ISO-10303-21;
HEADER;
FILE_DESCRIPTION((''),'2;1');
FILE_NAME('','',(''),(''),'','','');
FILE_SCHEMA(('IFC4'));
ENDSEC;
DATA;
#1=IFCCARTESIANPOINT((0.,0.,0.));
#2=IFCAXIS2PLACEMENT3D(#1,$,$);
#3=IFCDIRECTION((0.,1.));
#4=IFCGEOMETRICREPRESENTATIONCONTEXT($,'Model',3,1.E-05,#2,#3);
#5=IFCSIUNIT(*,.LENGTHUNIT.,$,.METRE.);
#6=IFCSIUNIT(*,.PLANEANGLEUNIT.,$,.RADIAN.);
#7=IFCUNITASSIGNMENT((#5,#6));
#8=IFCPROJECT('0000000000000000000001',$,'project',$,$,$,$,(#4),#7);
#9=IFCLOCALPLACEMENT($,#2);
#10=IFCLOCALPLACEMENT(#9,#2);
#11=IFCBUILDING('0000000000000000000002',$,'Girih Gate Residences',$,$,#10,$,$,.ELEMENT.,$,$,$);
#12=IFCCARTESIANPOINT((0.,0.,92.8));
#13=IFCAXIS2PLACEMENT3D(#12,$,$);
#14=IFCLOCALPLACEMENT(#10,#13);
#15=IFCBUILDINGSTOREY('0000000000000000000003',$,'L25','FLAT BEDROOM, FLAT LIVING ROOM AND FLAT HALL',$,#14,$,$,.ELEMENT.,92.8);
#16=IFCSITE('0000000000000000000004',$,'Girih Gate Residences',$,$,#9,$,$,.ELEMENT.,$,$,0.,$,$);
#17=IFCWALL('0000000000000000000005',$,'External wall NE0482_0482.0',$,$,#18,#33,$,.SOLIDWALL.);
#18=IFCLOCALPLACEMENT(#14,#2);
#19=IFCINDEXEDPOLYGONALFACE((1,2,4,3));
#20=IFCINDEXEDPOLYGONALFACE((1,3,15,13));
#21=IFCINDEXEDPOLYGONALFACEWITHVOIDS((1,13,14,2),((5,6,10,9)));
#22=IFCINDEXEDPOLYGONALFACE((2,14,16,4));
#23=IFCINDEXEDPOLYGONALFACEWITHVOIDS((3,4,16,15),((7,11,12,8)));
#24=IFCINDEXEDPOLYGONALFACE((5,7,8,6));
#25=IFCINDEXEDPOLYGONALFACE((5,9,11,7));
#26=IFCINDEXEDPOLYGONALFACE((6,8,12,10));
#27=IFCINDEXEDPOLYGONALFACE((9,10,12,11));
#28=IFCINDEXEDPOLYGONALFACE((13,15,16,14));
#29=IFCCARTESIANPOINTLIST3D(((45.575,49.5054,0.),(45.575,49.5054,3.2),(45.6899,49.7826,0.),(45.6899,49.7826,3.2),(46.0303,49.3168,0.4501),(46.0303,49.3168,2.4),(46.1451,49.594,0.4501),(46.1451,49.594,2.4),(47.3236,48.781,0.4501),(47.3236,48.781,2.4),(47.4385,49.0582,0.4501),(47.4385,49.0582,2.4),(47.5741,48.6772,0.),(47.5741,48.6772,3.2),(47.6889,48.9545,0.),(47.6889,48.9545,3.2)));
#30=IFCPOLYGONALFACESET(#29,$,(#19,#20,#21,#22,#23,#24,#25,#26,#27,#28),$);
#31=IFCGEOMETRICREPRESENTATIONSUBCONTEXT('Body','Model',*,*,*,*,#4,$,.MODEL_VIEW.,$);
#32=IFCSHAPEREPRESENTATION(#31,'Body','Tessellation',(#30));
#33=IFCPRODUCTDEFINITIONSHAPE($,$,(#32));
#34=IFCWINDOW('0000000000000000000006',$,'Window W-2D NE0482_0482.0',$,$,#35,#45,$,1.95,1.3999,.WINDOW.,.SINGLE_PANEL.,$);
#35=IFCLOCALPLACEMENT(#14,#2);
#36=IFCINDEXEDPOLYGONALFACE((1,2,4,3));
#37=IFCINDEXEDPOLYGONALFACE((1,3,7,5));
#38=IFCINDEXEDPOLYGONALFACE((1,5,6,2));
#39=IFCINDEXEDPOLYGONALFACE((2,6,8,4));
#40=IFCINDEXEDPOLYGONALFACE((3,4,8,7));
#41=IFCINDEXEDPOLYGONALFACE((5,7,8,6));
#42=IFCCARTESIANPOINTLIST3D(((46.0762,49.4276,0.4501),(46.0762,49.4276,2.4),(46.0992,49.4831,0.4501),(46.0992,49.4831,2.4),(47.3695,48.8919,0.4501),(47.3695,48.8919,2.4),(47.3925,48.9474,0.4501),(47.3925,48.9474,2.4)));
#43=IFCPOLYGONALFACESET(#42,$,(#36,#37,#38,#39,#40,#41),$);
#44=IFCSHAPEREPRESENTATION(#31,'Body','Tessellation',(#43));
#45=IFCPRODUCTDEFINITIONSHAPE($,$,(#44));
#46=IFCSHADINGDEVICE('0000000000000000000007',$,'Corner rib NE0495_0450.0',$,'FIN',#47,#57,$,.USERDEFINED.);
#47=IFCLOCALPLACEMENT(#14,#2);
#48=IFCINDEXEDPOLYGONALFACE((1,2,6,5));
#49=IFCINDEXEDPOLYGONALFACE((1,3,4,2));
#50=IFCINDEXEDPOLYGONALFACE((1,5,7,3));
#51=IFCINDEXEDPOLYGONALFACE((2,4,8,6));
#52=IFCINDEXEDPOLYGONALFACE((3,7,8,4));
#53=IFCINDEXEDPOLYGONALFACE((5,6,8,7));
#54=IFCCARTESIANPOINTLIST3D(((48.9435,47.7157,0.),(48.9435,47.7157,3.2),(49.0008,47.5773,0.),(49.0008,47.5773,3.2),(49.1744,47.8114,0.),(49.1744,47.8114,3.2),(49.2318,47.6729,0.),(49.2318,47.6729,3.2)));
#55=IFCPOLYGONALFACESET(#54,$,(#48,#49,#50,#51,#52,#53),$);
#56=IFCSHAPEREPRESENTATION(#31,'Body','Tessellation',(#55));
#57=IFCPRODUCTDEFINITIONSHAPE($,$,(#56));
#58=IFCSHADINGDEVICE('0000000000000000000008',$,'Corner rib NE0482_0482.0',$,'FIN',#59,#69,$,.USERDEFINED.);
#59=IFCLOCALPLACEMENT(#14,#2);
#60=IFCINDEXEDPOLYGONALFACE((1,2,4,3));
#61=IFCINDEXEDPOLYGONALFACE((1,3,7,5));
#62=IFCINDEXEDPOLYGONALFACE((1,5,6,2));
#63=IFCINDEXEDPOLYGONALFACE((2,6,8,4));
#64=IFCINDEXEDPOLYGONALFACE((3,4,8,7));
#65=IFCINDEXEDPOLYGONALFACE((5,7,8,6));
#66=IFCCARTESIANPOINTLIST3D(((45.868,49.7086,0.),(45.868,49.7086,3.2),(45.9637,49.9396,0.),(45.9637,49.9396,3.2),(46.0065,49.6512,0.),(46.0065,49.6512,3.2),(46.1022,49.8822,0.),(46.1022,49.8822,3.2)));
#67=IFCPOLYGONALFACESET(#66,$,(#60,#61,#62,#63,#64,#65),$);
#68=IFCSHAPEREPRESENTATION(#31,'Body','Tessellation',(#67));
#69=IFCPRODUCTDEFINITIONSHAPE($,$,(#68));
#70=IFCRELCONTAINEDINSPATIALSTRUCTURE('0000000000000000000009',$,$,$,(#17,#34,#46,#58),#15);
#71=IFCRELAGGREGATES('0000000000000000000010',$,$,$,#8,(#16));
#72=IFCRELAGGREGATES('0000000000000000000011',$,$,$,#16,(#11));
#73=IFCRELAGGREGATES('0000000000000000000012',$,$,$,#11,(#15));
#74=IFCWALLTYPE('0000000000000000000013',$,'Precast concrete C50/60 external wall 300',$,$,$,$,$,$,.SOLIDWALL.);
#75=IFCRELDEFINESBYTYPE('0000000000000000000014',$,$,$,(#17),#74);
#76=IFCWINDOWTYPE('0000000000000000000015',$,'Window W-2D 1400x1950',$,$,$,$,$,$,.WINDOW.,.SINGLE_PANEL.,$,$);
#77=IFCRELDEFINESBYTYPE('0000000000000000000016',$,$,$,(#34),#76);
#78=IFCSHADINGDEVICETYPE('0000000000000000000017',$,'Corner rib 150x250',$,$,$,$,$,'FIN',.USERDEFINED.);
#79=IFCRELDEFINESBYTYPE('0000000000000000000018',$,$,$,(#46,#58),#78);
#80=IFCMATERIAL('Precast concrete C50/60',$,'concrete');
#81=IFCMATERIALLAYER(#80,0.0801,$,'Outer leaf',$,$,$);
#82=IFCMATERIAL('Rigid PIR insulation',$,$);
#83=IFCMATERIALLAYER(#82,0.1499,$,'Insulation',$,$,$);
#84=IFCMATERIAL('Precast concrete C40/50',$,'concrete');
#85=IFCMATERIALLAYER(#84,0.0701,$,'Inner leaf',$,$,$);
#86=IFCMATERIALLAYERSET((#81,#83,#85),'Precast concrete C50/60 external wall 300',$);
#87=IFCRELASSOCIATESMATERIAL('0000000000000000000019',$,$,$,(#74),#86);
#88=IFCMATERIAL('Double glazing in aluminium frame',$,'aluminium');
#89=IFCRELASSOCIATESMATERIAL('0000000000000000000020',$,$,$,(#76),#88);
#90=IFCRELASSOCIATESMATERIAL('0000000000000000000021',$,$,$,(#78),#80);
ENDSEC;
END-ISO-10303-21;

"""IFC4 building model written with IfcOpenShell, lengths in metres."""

from ifc_helpers import new_model, si_unit, direction, frame, frame_2d, origin, origin_2d, place, context, subcontext, project, spatial, rectangle, extrude, material, layer, layer_set, type_object, element, fill, save


model = new_model("IFC4")

# Units and contexts
model_context = context("Model", 3, precision=1e-05, world=origin(), true_north=direction((0.0, 1.0)))
body_context = subcontext(model_context, "Body", "Model", "MODEL_VIEW")
ifc_project = project(units=[si_unit("LENGTHUNIT", "METRE"), si_unit("PLANEANGLEUNIT", "RADIAN")], contexts=[model_context])

# Site, building, storey
site_placement = place(None, origin())
site = spatial("IfcSite", under=ifc_project, at=site_placement, Name="Girih Gate Residences", CompositionType="ELEMENT", RefElevation=0.0)
building_placement = place(site_placement, origin())
building = spatial("IfcBuilding", under=site, at=building_placement, Name="Girih Gate Residences", CompositionType="ELEMENT")
storey_placement = place(building_placement, frame((0.0, 0.0, 92.8)))
storey = spatial("IfcBuildingStorey", under=building, at=storey_placement, Name="L25", Description="FLAT BEDROOM, FLAT LIVING ROOM AND FLAT HALL", CompositionType="ELEMENT", Elevation=92.8)

# Wall, opening, window
ifc_material_1 = material(Name="Precast concrete C50/60", Category="concrete")
ifc_layer_1 = layer(ifc_material_1, 0.0801, Name="Outer leaf")
ifc_material_2 = material(Name="Rigid PIR insulation")
ifc_layer_2 = layer(ifc_material_2, 0.1499, Name="Insulation")
ifc_material_3 = material(Name="Precast concrete C40/50", Category="concrete")
ifc_layer_3 = layer(ifc_material_3, 0.0701, Name="Inner leaf")
ifc_layer_set_1 = layer_set([ifc_layer_1, ifc_layer_2, ifc_layer_3], Name="Precast concrete C50/60 external wall 300")
wall_type_1 = type_object("IfcWallType", Name="Precast concrete C50/60 external wall 300", PredefinedType="SOLIDWALL", material=ifc_layer_set_1)
ifc_material_4 = material(Name="Double glazing in aluminium frame", Category="aluminium")
window_type_1 = type_object("IfcWindowType", Name="Window W-2D 1400x1950", PartitioningType="SINGLE_PANEL", PredefinedType="WINDOW", material=ifc_material_4)
wall_1_placement = place(storey_placement, frame((45.6323, 49.644, 0.0), z_axis=(0.0, 0.0, 1.0), x_axis=(0.923863, -0.382724, 0.0)))
wall_1 = element("IfcWall", 1, at=wall_1_placement, inside=storey, type_object=wall_type_1, Name="External wall NE0482_0482.0", PredefinedType="SOLIDWALL", context=body_context, shape_type="SweptSolid", body=[
    extrude(rectangle(XDim=2.1638, YDim=0.3, at=frame_2d((1.082, 0.0))), origin(), (0.0, 0.0, 1.0), 3.2),
])
opening_1_placement = place(wall_1_placement, frame((0.4929, 0.0, 0.45)))
opening_1 = element("IfcOpeningElement", 2, at=opening_1_placement, cuts=wall_1, PredefinedType="OPENING", context=body_context, shape_type="SweptSolid", body=[
    extrude(rectangle(XDim=1.3999, YDim=1.95, at=frame_2d((0.7, 0.9751))), frame((0.0, 0.1599, 0.0), z_axis=(0.0, -1.0, 0.0), x_axis=(1.0, 0.0, 0.0)), (0.0, 0.0, 1.0), 0.3201),
])
window_1_placement = place(opening_1_placement, origin())
window_1 = element("IfcWindow", 3, at=window_1_placement, inside=storey, type_object=window_type_1, Name="Window W-2D NE0482_0482.0", OverallHeight=1.95, OverallWidth=1.3999, PartitioningType="SINGLE_PANEL", PredefinedType="WINDOW", context=body_context, shape_type="SweptSolid", body=[
    extrude(rectangle(XDim=1.3999, YDim=1.95, at=frame_2d((0.7, 0.9751))), frame((0.0, 0.03, 0.0), z_axis=(0.0, -1.0, 0.0), x_axis=(1.0, 0.0, 0.0)), (0.0, 0.0, 1.0), 0.0601),
])
fill(opening_1, window_1)

# Shading devices
shading_device_type = type_object("IfcShadingDeviceType", Name="Corner rib 150x250", ElementType="FIN", PredefinedType="USERDEFINED", material=ifc_material_1)
for number, where, z_axis, x_axis, name in (
    (4, (49.0876, 47.6943, 0.0), (0.0, 0.0, 1.0), (-0.382683, 0.92388, 0.0), "Corner rib NE0495_0450.0"),
    (5, (45.9851, 49.7954, 0.0), (0.0, 0.0, 1.0), (-0.92388, 0.382683, 0.0), "Corner rib NE0482_0482.0"),
):
    element("IfcShadingDevice", number, at=place(storey_placement, frame(where, z_axis=z_axis, x_axis=x_axis)), inside=storey, type_object=shading_device_type, Name=name, ObjectType="FIN", PredefinedType="USERDEFINED", context=body_context, shape_type="SweptSolid", body=[
        extrude(rectangle(XDim=0.1499, YDim=0.25, at=origin_2d()), origin(), (0.0, 0.0, 1.0), 3.2),
    ])

save(model, "model.ifc")
